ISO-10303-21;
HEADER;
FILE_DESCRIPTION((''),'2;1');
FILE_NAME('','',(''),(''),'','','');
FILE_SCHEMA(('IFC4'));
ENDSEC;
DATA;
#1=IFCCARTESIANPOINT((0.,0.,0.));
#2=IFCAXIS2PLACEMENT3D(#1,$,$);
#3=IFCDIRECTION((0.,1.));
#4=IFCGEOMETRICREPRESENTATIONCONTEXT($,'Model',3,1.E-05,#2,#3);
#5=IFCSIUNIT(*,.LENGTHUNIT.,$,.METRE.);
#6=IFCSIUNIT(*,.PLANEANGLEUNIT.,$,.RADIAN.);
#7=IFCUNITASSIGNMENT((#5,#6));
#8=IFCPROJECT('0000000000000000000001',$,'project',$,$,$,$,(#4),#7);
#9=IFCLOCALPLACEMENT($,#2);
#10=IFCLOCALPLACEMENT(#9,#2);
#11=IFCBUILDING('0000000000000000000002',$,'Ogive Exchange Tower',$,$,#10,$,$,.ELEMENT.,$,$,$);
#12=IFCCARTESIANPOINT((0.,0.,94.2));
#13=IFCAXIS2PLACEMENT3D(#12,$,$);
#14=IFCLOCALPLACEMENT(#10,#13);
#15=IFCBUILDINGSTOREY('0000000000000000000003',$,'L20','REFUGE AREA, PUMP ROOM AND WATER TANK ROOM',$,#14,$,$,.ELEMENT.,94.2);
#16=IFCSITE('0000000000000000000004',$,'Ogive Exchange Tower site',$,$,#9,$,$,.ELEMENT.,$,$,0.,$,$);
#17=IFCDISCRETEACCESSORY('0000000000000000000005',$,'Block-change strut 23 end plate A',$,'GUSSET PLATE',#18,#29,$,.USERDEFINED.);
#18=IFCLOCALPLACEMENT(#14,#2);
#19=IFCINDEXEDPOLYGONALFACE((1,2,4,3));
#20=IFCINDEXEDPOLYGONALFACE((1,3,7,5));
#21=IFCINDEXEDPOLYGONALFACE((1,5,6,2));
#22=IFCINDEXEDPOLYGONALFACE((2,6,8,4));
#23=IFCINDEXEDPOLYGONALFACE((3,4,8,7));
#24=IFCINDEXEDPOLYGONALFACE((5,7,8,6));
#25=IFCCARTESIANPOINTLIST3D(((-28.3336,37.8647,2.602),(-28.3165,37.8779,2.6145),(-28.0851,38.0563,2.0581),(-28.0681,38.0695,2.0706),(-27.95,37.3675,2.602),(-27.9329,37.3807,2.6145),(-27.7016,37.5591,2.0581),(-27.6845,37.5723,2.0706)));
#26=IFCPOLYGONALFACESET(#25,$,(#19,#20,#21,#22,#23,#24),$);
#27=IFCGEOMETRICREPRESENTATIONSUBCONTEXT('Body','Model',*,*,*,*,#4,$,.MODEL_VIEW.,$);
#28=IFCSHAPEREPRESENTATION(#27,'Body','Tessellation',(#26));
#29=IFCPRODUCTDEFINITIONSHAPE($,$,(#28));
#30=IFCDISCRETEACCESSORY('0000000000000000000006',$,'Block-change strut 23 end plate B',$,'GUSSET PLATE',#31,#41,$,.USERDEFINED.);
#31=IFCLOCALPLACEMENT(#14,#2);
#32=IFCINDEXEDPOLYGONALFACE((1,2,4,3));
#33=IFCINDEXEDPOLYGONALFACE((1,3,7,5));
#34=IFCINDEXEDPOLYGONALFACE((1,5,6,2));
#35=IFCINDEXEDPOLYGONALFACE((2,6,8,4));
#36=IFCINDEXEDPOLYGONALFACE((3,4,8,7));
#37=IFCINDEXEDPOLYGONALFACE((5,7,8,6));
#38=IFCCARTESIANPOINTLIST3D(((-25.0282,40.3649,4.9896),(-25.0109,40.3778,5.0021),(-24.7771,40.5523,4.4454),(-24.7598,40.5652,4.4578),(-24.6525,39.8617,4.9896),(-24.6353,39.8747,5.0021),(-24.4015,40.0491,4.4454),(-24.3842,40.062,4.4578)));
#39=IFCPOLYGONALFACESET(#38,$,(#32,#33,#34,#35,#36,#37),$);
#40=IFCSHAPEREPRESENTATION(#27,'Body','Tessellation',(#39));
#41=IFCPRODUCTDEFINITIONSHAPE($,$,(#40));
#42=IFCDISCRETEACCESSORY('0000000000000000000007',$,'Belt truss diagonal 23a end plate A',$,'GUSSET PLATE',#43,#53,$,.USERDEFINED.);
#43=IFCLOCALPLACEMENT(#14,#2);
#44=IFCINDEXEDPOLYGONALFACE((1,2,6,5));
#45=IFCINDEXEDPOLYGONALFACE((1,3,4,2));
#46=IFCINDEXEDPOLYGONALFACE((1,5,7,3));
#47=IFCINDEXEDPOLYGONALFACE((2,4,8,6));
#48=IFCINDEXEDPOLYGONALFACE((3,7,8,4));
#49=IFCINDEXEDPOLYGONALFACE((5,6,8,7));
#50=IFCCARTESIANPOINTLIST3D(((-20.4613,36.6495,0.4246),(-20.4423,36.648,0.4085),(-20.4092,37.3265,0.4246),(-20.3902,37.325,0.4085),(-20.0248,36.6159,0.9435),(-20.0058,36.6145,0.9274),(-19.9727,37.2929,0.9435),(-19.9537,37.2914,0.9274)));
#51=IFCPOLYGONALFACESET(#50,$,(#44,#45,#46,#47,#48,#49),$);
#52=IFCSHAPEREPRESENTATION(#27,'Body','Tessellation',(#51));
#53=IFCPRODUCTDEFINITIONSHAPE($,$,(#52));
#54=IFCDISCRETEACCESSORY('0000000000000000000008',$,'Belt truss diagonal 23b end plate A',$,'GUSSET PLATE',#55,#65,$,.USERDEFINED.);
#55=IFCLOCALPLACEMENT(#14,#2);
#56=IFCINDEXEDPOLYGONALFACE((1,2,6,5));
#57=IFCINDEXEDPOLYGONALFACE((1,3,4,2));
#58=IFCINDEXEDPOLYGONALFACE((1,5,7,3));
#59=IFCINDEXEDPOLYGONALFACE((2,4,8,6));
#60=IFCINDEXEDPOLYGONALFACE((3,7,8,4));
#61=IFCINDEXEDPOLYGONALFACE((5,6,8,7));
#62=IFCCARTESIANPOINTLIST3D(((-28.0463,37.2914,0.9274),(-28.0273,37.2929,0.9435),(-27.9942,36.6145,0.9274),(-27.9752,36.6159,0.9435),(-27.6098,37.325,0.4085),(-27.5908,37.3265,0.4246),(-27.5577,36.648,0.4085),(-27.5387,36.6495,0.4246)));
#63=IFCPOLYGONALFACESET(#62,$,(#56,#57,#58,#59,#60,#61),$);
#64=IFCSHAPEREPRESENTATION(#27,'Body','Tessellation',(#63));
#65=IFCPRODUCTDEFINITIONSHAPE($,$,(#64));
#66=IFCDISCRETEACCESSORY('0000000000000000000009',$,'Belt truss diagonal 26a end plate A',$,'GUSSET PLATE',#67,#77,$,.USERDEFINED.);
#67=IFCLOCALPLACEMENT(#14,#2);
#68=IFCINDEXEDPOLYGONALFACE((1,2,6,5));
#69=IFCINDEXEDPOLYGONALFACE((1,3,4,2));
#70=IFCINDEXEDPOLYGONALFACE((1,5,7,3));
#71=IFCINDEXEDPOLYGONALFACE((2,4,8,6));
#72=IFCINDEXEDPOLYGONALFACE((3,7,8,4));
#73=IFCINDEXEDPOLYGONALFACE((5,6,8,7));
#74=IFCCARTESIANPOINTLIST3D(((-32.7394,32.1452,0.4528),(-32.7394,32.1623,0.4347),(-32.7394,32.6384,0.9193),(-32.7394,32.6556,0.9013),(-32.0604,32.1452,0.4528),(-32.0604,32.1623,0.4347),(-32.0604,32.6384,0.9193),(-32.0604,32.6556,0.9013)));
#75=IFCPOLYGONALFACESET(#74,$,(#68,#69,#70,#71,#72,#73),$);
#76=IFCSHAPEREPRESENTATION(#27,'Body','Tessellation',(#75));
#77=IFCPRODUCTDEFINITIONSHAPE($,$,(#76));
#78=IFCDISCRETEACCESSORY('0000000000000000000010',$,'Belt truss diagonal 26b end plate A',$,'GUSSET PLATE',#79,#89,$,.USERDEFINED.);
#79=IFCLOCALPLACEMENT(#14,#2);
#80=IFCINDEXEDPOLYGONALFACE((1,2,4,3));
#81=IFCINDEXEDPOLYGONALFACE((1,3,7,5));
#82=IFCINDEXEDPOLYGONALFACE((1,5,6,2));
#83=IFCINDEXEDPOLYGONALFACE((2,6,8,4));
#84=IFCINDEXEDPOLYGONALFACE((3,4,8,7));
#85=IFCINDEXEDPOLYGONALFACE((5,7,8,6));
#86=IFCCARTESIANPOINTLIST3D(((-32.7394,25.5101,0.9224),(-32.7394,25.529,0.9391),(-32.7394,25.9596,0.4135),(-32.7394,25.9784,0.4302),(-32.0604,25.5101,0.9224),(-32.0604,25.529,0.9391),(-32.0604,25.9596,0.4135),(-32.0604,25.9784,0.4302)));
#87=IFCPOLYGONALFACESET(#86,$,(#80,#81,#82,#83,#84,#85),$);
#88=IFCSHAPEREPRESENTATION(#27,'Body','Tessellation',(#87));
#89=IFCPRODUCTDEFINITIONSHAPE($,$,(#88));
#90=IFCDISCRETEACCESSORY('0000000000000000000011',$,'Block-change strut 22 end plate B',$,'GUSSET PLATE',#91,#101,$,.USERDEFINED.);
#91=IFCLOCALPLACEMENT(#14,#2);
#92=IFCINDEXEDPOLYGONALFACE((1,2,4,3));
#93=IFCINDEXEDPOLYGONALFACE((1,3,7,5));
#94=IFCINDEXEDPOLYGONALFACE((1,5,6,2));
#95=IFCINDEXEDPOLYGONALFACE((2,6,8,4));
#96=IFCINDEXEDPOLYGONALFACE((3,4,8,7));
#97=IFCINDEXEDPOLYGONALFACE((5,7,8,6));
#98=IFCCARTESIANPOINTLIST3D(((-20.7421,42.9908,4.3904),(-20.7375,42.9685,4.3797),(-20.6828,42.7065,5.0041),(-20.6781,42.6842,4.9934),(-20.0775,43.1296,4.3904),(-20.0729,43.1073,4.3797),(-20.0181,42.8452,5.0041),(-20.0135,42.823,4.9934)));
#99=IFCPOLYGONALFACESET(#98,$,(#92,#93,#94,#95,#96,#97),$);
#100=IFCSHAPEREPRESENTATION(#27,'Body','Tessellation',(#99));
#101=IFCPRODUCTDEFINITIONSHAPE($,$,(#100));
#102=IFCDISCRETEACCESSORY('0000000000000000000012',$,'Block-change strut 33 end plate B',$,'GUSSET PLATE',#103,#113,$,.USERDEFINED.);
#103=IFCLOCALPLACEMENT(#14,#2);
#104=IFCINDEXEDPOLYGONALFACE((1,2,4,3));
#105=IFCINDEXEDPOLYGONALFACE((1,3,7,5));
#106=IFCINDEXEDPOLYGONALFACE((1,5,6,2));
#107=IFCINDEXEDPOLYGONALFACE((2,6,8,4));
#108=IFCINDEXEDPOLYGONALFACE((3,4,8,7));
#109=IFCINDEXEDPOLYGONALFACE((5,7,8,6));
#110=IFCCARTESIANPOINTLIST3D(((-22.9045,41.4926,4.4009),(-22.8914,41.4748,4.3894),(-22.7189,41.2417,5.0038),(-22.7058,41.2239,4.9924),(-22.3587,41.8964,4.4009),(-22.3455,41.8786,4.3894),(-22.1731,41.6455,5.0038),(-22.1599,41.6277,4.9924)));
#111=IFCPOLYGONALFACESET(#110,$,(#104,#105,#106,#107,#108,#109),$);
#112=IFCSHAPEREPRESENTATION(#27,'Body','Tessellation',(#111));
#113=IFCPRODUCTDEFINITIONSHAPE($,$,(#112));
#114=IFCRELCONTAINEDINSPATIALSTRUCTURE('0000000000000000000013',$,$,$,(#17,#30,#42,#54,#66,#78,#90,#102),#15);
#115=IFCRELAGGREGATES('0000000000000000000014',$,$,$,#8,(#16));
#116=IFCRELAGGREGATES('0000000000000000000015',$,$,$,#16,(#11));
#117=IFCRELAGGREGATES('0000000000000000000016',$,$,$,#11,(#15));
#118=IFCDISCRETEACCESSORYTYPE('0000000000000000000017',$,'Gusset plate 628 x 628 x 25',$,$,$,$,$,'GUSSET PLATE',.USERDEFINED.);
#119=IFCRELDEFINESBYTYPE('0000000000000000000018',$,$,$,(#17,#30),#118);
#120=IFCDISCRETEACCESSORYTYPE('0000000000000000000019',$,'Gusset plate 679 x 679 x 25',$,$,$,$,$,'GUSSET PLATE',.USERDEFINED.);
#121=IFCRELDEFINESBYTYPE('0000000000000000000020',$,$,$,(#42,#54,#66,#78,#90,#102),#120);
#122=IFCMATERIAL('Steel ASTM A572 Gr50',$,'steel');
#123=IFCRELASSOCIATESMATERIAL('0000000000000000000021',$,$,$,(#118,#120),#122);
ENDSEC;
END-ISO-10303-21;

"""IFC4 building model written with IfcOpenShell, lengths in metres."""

from ifc_helpers import new_model, si_unit, direction, frame, origin, origin_2d, place, context, subcontext, project, spatial, rectangle, extrude, material, material_profile, profile_set, type_object, element, save


model = new_model("IFC4")

# Units and contexts
model_context = context("Model", 3, precision=1e-05, world=origin(), true_north=direction((0.0, 1.0)))
body_context = subcontext(model_context, "Body", "Model", "MODEL_VIEW")
ifc_project = project(units=[si_unit("LENGTHUNIT", "METRE"), si_unit("PLANEANGLEUNIT", "RADIAN")], contexts=[model_context])

# Site, building, storey
site_placement = place(None, origin())
site = spatial("IfcSite", under=ifc_project, at=site_placement, Name="Ogive Exchange Tower site", CompositionType="ELEMENT", RefElevation=0.0)
building_placement = place(site_placement, origin())
building = spatial("IfcBuilding", under=site, at=building_placement, Name="Ogive Exchange Tower", CompositionType="ELEMENT")
storey_placement = place(building_placement, frame((0.0, 0.0, 94.2)))
storey = spatial("IfcBuildingStorey", under=building, at=storey_placement, Name="L20", Description="REFUGE AREA, PUMP ROOM AND WATER TANK ROOM", CompositionType="ELEMENT", Elevation=94.2)

# Discrete accessories
ifc_material_1 = material(Name="Steel ASTM A572 Gr50", Category="steel")
ifc_material_profile_1 = material_profile(ifc_material_1, rectangle(XDim=0.6279, YDim=0.6279, at=origin_2d()), Name="PL 628 x 628 x 25")
ifc_profile_set_1 = profile_set([ifc_material_profile_1], Name="Steel ASTM A572 Gr50")
discrete_accessory_type_1 = type_object("IfcDiscreteAccessoryType", Name="Gusset plate 628 x 628 x 25", ElementType="GUSSET PLATE", PredefinedType="USERDEFINED", material=ifc_profile_set_1)
for number, where, z_axis, x_axis, name in (
    (1, (-28.0176, 37.7119, 2.3301), (0.685846, 0.529081, 0.499688), (-0.610803, 0.791782, 0.0), "Block-change strut 23 end plate A"),
    (2, (-24.7148, 40.207, 4.7175), (0.694511, 0.518438, 0.498874), (-0.598193, 0.801352, 0.0), "Block-change strut 23 end plate B"),
):
    element("IfcDiscreteAccessory", number, at=place(storey_placement, frame(where, z_axis=z_axis, x_axis=x_axis)), inside=storey, type_object=discrete_accessory_type_1, Name=name, ObjectType="GUSSET PLATE", PredefinedType="USERDEFINED", context=body_context, shape_type="SweptSolid", body=[
        extrude(rectangle(XDim=0.6279, YDim=0.6279, at=origin_2d()), origin(), (0.0, 0.0, 1.0), 0.0249),
    ])
ifc_material_profile_2 = material_profile(ifc_material_1, rectangle(XDim=0.679, YDim=0.679, at=origin_2d()), Name="PL 679 x 679 x 25")
ifc_profile_set_2 = profile_set([ifc_material_profile_2], Name="Steel ASTM A572 Gr50")
discrete_accessory_type_2 = type_object("IfcDiscreteAccessoryType", Name="Gusset plate 679 x 679 x 25", ElementType="GUSSET PLATE", PredefinedType="USERDEFINED", material=ifc_profile_set_2)
for number, where, z_axis, x_axis, name in (
    (3, (-20.198, 36.9697, 0.668), (-0.762073, 0.058621, 0.644831), (-0.076696, -0.997054, 0.0), "Belt truss diagonal 23a end plate A"),
    (4, (-27.802, 36.9697, 0.668), (0.762073, 0.058621, 0.644831), (-0.076696, 0.997054, 0.0), "Belt truss diagonal 23b end plate A"),
    (5, (-32.3999, 32.4089, 0.668), (0.0, -0.6872, 0.726468), (1.0, 0.0, 0.0), "Belt truss diagonal 26a end plate A"),
):
    element("IfcDiscreteAccessory", number, at=place(storey_placement, frame(where, z_axis=z_axis, x_axis=x_axis)), inside=storey, type_object=discrete_accessory_type_2, Name=name, ObjectType="GUSSET PLATE", PredefinedType="USERDEFINED", context=body_context, shape_type="SweptSolid", body=[
        extrude(rectangle(XDim=0.679, YDim=0.679, at=origin_2d()), origin(), (0.0, 0.0, 1.0), 0.0249),
    ])
for number, where, z_axis, x_axis, name in (
    (6, (-32.3999, 25.7349, 0.668), (0.0, 0.749554, 0.661944), (-1.0, 0.0, 0.0), "Belt truss diagonal 26b end plate A"),
    (7, (-20.3755, 42.8958, 4.6865), (-0.184736, 0.884789, 0.42781), (-0.978891, -0.204384, 0.0), "Block-change strut 22 end plate B"),
):
    element("IfcDiscreteAccessory", number, at=place(storey_placement, frame(where, z_axis=z_axis, x_axis=x_axis)), inside=storey, type_object=discrete_accessory_type_2, Name=name, ObjectType="GUSSET PLATE", PredefinedType="USERDEFINED", context=body_context, shape_type="SweptSolid", body=[
        extrude(rectangle(XDim=0.679, YDim=0.679, at=origin_2d()), origin(), (0.0, 0.0, 1.0), 0.0251),
    ])
discrete_accessory_1_placement = place(storey_placement, frame((-22.5256, 41.5513, 4.6909), z_axis=(-0.528144, 0.713973, 0.459681), x_axis=(-0.803947, -0.594701, 0.0)))
element("IfcDiscreteAccessory", 8, at=discrete_accessory_1_placement, inside=storey, type_object=discrete_accessory_type_2, Name="Block-change strut 33 end plate B", ObjectType="GUSSET PLATE", PredefinedType="USERDEFINED", context=body_context, shape_type="SweptSolid", body=[
    extrude(rectangle(XDim=0.679, YDim=0.679, at=origin_2d()), origin(), (0.0, 0.0, 1.0), 0.0249),
])

save(model, "model.ifc")
